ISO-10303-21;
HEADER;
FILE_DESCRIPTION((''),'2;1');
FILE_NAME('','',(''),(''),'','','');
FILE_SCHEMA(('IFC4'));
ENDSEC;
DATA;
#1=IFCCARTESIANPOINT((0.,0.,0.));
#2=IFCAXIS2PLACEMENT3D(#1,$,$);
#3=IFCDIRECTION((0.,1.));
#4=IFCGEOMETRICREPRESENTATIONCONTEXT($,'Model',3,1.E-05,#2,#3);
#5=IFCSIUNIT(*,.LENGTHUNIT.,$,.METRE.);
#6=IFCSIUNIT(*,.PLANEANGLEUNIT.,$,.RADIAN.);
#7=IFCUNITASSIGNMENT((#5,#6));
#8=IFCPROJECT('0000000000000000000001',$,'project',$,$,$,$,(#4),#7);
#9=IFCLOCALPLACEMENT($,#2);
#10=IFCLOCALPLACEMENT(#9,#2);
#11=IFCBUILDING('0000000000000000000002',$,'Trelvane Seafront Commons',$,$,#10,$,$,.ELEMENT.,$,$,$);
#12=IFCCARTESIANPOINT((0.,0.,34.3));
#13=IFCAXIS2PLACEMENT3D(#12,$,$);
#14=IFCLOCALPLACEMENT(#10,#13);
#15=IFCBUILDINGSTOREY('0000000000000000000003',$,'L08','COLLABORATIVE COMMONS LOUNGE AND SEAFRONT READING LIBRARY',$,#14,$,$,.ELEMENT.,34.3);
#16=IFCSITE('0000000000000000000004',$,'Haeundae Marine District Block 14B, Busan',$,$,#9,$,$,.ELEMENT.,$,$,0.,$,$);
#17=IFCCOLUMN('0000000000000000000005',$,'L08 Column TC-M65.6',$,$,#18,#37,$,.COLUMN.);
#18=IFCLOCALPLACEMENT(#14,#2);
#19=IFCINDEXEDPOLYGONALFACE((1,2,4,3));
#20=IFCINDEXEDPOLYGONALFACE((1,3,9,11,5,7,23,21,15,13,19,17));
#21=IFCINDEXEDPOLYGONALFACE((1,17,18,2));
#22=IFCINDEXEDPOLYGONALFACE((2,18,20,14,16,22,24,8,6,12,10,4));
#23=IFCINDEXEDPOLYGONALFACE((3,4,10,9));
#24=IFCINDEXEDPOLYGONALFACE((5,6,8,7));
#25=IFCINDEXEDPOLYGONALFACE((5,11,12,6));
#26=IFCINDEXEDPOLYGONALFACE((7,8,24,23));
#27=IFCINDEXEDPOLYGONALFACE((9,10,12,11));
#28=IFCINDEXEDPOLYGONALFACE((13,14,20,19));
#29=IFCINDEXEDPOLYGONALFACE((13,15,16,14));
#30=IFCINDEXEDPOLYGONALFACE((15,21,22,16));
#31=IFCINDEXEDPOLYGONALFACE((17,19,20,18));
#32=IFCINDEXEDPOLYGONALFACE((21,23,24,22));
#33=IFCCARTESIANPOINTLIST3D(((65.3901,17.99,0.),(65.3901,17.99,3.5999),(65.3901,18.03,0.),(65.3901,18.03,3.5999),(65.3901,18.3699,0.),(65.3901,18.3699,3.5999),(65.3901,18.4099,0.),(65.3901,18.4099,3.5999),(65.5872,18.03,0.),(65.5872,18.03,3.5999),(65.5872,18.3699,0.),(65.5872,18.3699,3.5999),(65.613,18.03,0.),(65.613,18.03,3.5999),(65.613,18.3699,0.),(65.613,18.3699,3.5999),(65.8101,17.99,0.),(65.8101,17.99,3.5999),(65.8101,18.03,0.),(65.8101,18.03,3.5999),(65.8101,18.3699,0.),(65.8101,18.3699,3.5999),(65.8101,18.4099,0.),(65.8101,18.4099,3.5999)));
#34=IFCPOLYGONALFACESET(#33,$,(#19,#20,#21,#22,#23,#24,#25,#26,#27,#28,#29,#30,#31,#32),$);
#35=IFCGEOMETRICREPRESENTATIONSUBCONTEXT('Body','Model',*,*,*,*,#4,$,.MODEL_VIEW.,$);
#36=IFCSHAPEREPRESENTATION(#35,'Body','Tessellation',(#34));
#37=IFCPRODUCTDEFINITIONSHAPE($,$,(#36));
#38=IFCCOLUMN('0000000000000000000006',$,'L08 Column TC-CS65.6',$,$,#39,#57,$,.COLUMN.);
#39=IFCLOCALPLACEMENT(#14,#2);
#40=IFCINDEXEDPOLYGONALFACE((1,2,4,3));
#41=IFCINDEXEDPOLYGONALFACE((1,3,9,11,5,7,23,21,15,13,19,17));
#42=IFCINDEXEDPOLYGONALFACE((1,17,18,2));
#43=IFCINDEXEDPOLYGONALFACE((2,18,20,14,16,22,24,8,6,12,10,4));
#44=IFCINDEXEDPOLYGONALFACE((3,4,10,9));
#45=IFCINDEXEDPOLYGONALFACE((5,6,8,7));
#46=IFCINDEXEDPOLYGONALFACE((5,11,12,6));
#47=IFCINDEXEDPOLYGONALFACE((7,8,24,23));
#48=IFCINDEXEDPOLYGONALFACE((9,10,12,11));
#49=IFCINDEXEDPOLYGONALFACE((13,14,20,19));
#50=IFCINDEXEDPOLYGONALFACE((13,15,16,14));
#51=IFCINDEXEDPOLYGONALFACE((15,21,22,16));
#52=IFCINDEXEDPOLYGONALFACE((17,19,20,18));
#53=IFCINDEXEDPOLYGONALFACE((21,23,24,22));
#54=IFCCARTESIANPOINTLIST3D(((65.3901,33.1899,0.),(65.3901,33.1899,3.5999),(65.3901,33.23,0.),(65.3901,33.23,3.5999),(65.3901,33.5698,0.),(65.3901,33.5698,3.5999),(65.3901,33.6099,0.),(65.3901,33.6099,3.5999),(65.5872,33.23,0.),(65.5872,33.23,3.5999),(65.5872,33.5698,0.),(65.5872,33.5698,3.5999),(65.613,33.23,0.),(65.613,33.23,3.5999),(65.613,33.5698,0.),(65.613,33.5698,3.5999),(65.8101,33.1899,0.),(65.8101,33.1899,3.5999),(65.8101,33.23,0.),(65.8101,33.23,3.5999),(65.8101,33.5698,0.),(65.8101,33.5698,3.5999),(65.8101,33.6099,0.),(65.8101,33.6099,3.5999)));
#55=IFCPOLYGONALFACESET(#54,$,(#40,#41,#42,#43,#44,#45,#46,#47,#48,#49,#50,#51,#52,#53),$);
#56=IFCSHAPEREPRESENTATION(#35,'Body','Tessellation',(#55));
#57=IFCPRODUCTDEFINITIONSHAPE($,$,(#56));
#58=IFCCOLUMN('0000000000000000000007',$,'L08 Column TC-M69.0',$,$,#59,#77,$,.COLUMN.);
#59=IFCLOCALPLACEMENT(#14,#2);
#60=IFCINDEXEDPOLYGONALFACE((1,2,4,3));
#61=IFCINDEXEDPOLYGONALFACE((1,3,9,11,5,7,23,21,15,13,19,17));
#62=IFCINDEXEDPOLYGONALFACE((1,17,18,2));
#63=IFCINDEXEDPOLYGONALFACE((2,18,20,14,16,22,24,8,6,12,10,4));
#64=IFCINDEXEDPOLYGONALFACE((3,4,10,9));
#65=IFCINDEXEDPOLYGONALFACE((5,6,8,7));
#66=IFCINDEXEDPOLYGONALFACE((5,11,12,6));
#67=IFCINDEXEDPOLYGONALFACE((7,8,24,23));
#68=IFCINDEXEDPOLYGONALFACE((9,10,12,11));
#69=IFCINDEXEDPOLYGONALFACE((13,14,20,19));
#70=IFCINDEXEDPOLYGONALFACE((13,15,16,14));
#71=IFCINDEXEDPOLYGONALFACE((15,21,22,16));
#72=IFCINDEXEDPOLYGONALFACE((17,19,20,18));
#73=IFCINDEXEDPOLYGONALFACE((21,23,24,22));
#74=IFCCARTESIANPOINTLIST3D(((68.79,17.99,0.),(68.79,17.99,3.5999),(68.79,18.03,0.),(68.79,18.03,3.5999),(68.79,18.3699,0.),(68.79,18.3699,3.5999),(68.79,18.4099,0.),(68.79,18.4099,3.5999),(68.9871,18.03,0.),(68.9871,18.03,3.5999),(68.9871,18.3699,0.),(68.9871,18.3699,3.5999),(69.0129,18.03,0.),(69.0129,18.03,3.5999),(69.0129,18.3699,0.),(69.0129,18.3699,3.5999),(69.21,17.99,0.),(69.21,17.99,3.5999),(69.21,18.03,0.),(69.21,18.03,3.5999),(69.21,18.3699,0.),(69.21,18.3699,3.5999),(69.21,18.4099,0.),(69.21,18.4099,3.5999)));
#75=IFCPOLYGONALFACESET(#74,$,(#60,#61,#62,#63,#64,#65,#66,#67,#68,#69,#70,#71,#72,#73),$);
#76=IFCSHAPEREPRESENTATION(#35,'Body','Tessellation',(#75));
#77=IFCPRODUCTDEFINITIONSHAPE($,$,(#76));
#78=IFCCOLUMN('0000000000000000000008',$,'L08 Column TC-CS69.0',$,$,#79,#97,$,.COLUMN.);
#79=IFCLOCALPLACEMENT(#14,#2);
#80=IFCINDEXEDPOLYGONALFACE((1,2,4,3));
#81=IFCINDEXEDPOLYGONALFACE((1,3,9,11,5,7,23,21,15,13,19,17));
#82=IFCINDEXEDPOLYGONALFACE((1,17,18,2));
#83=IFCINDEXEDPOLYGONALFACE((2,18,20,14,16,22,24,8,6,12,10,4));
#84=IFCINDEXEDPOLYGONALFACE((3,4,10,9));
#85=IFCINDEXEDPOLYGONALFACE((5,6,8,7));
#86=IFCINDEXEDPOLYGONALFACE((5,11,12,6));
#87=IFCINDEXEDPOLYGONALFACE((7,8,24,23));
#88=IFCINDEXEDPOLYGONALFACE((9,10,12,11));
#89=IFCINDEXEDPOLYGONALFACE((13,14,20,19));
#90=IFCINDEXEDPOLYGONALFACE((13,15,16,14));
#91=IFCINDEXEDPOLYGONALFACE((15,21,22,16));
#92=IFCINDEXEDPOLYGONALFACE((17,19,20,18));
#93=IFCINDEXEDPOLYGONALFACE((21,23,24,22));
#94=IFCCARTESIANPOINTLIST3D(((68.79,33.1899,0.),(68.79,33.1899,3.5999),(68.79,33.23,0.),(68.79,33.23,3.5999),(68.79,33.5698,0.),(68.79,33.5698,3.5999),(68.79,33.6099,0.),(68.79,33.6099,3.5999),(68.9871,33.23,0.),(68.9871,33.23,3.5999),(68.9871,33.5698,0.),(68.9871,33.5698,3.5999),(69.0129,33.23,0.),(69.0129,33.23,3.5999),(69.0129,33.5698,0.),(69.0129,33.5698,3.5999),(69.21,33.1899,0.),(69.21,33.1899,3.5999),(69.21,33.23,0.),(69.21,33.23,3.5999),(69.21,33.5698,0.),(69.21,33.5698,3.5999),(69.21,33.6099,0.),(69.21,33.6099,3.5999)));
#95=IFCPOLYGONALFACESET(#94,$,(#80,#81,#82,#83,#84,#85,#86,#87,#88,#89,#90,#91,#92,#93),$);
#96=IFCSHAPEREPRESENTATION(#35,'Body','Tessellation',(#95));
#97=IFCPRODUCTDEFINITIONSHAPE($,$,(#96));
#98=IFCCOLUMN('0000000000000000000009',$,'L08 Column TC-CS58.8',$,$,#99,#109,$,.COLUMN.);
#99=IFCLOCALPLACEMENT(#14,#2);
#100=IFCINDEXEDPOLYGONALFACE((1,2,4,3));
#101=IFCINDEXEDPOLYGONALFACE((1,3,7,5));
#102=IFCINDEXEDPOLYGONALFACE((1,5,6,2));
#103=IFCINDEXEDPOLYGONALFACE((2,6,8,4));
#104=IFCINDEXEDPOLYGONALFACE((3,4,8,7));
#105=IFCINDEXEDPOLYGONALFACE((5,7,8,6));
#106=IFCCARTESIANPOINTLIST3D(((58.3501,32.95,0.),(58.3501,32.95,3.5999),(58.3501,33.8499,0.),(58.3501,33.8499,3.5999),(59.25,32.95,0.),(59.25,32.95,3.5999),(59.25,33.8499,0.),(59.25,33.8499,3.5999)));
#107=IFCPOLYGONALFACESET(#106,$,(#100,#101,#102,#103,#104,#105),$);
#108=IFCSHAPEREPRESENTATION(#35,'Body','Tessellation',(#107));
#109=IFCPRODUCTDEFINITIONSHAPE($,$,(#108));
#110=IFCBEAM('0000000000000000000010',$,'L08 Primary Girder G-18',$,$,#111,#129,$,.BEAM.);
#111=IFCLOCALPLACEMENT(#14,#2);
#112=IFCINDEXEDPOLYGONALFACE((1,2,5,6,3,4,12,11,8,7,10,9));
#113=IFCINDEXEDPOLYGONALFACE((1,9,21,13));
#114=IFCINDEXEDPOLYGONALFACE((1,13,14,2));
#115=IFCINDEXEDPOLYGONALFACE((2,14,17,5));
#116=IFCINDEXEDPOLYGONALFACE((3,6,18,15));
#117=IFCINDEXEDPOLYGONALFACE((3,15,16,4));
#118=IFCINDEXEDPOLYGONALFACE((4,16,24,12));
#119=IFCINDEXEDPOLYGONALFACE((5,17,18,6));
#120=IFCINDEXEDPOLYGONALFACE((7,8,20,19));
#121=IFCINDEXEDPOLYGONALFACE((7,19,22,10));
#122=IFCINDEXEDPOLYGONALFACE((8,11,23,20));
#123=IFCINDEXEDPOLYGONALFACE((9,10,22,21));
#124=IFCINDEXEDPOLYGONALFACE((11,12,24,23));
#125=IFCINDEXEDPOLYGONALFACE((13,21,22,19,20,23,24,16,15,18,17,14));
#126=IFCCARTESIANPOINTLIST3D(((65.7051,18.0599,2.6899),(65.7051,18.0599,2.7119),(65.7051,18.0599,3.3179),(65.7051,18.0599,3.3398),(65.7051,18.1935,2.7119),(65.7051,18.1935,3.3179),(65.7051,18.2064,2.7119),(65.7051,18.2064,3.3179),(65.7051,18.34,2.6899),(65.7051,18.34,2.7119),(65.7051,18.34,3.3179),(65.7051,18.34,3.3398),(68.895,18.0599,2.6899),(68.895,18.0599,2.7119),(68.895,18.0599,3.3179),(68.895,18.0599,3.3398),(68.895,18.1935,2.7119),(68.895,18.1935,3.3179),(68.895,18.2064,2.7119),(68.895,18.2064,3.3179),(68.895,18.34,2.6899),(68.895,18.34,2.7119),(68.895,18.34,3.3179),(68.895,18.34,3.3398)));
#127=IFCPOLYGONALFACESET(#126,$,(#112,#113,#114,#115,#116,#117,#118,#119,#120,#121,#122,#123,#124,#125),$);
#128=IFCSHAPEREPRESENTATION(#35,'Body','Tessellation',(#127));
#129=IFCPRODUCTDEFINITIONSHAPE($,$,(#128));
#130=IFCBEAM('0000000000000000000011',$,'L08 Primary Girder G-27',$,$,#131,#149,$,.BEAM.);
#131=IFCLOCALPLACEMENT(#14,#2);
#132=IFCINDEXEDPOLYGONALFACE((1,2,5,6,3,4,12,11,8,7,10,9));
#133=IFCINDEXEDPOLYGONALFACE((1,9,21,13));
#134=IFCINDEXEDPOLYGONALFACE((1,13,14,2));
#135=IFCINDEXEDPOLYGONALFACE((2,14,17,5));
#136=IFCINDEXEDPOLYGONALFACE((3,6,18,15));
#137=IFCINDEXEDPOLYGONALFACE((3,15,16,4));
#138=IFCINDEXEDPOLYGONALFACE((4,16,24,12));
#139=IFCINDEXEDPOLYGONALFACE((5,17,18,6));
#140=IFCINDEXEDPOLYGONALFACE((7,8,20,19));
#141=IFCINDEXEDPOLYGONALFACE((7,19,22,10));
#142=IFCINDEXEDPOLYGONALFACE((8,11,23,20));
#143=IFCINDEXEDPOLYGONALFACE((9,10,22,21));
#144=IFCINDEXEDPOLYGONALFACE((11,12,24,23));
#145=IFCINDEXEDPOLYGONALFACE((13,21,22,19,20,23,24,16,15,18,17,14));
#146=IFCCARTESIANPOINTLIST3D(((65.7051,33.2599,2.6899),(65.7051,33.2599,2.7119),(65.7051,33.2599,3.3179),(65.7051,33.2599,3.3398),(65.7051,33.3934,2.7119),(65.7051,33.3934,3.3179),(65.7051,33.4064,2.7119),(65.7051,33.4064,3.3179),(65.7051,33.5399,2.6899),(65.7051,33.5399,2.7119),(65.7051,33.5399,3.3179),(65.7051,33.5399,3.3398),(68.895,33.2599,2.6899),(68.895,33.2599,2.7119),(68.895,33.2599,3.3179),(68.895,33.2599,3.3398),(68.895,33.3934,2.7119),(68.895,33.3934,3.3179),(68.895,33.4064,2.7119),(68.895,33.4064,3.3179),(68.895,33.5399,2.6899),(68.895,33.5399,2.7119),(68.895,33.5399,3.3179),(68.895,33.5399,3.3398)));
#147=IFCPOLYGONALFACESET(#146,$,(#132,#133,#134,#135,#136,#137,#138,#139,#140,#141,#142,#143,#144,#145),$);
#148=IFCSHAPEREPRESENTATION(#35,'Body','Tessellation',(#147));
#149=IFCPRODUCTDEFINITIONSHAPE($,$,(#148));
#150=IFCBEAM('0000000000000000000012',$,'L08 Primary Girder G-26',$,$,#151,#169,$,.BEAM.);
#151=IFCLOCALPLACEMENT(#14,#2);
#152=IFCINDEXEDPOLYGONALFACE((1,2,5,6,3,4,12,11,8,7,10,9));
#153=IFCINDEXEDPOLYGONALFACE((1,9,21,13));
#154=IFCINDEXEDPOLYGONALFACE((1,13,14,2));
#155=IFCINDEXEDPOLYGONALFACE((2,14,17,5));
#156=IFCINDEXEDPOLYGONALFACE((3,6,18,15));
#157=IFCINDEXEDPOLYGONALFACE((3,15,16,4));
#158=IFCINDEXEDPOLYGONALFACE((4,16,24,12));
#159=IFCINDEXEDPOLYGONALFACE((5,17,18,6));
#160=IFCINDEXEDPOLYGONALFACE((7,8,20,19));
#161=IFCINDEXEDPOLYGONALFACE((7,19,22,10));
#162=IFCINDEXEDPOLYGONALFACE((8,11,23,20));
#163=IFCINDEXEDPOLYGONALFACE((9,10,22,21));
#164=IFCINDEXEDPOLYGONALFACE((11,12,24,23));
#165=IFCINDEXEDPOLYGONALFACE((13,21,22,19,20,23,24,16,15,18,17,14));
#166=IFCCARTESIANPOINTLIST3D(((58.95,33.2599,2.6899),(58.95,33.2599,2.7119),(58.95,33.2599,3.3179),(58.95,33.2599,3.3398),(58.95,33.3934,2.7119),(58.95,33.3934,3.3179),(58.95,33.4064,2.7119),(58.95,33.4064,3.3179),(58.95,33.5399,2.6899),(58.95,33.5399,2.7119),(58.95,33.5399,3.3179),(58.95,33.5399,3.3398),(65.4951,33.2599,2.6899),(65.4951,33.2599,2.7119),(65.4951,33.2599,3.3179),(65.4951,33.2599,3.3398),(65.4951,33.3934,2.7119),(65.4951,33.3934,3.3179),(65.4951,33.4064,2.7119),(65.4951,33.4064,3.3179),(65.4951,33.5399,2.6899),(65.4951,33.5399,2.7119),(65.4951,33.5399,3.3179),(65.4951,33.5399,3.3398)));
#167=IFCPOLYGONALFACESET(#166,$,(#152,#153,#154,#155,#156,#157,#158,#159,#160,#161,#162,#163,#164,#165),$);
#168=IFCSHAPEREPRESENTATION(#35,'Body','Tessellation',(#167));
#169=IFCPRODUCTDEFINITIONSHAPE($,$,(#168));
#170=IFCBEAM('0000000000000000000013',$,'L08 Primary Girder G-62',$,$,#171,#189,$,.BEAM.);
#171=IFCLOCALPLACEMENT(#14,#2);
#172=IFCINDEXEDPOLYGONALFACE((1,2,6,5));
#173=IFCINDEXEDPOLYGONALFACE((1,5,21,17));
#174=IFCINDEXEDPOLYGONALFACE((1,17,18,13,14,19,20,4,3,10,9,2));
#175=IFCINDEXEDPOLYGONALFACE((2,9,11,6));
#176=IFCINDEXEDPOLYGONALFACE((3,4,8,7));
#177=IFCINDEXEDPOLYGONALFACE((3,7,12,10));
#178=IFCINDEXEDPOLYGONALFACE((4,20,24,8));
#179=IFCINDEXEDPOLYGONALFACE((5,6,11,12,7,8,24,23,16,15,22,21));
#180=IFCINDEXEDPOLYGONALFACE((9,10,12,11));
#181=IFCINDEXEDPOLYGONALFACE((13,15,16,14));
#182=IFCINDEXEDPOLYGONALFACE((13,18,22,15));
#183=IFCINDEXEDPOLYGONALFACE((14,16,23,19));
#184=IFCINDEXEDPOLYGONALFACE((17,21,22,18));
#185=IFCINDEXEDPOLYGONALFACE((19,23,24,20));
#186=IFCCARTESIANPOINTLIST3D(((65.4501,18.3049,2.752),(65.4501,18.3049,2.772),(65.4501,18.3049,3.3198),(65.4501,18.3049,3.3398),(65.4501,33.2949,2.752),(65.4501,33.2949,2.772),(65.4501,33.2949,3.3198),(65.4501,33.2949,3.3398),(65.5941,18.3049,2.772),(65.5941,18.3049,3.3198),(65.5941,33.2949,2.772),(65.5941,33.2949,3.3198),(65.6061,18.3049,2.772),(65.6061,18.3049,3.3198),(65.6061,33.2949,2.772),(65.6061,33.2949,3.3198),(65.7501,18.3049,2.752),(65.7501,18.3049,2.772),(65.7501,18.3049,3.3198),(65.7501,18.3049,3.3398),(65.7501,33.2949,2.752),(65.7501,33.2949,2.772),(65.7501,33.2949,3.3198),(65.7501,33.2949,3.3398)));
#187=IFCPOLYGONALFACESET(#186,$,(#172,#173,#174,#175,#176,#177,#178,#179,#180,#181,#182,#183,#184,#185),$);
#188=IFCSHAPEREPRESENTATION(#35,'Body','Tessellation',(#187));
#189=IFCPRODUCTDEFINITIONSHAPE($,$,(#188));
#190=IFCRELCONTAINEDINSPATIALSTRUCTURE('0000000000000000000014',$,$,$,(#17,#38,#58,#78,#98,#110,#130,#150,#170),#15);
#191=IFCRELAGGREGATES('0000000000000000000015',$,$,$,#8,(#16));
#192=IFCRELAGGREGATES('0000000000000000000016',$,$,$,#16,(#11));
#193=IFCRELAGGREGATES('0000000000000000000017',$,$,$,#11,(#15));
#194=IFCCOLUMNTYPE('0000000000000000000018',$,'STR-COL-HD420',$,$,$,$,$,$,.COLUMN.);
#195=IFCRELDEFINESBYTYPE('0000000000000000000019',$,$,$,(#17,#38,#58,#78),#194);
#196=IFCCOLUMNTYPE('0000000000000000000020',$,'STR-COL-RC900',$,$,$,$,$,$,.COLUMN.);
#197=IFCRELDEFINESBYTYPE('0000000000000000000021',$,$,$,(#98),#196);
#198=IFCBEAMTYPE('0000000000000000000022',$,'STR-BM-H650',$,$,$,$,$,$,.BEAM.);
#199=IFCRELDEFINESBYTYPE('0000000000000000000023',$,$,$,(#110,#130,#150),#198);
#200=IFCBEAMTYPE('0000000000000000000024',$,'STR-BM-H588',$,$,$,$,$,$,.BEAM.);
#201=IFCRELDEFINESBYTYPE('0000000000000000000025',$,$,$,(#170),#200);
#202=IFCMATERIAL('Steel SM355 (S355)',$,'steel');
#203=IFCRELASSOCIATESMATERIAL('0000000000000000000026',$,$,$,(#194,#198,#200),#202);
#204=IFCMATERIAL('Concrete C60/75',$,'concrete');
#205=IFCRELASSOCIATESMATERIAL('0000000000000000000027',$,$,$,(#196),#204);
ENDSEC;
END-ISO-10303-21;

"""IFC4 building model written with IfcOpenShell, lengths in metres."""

from ifc_helpers import new_model, si_unit, direction, frame, origin, origin_2d, place, context, subcontext, project, spatial, rectangle, i_section, extrude, source, transform, mapped, material, material_profile, profile_set, type_object, element, save


model = new_model("IFC4")

# Units and contexts
model_context = context("Model", 3, precision=1e-05, world=origin(), true_north=direction((0.0, 1.0)))
body_context = subcontext(model_context, "Body", "Model", "MODEL_VIEW")
ifc_project = project(units=[si_unit("LENGTHUNIT", "METRE"), si_unit("PLANEANGLEUNIT", "RADIAN")], contexts=[model_context])

# Site, building, storey
site_placement = place(None, origin())
site = spatial("IfcSite", under=ifc_project, at=site_placement, Name="Haeundae Marine District Block 14B, Busan", CompositionType="ELEMENT", RefElevation=0.0)
building_placement = place(site_placement, origin())
building = spatial("IfcBuilding", under=site, at=building_placement, Name="Trelvane Seafront Commons", CompositionType="ELEMENT")
storey_placement = place(building_placement, frame((0.0, 0.0, 34.3)))
storey = spatial("IfcBuildingStorey", under=building, at=storey_placement, Name="L08", Description="COLLABORATIVE COMMONS LOUNGE AND SEAFRONT READING LIBRARY", CompositionType="ELEMENT", Elevation=34.3)

# Columns
ifc_material_1 = material(Name="Steel SM355 (S355)", Category="steel")
ifc_material_profile_1 = material_profile(ifc_material_1, i_section(OverallWidth=0.4199, OverallDepth=0.4199, WebThickness=0.0259, FlangeThickness=0.04, at=origin_2d()), Name="HD-420x420x26x40")
ifc_profile_set_1 = profile_set([ifc_material_profile_1], Name="Steel SM355 (S355)")
column_type_1 = type_object("IfcColumnType", Name="STR-COL-HD420", PredefinedType="COLUMN", material=ifc_profile_set_1)
shared_shape_1 = source(origin(), body_context, "Body", "SweptSolid", [
    extrude(i_section(OverallWidth=0.4199, OverallDepth=0.4199, WebThickness=0.0259, FlangeThickness=0.04, at=origin_2d()), origin(), (0.0, 0.0, 1.0), 3.5999),
])
for number, where, z_axis, x_axis, name in (
    (1, (65.6001, 18.2, 0.0), (0.0, 0.0, 1.0), (1.0, 0.0, 0.0), "L08 Column TC-M65.6"),
    (2, (65.6001, 33.3999, 0.0), (0.0, 0.0, 1.0), (1.0, 0.0, 0.0), "L08 Column TC-CS65.6"),
    (3, (69.0, 18.2, 0.0), (0.0, 0.0, 1.0), (1.0, 0.0, 0.0), "L08 Column TC-M69.0"),
    (4, (69.0, 33.3999, 0.0), (0.0, 0.0, 1.0), (1.0, 0.0, 0.0), "L08 Column TC-CS69.0"),
):
    element("IfcColumn", number, at=place(storey_placement, frame(where, z_axis=z_axis, x_axis=x_axis)), inside=storey, type_object=column_type_1, Name=name, PredefinedType="COLUMN", context=body_context, shape_type="MappedRepresentation", body=[
        mapped(shared_shape_1, transform((0.0, 0.0, 0.0), x_axis=(1.0, 0.0, 0.0), y_axis=(0.0, 1.0, 0.0), z_axis=(0.0, 0.0, 1.0), scale=1.0)),
    ])
ifc_material_2 = material(Name="Concrete C60/75", Category="concrete")
ifc_material_profile_2 = material_profile(ifc_material_2, rectangle(XDim=0.8999, YDim=0.8999, at=origin_2d()), Name="RC-900x900")
ifc_profile_set_2 = profile_set([ifc_material_profile_2], Name="Concrete C60/75")
column_type_2 = type_object("IfcColumnType", Name="STR-COL-RC900", PredefinedType="COLUMN", material=ifc_profile_set_2)
shared_shape_2 = source(origin(), body_context, "Body", "SweptSolid", [
    extrude(rectangle(XDim=0.8999, YDim=0.8999, at=origin_2d()), origin(), (0.0, 0.0, 1.0), 3.5999),
])
column_placement = place(storey_placement, frame((58.8, 33.3999, 0.0), z_axis=(0.0, 0.0, 1.0), x_axis=(1.0, 0.0, 0.0)))
element("IfcColumn", 5, at=column_placement, inside=storey, type_object=column_type_2, Name="L08 Column TC-CS58.8", PredefinedType="COLUMN", context=body_context, shape_type="MappedRepresentation", body=[
    mapped(shared_shape_2, transform((0.0, 0.0, 0.0), x_axis=(1.0, 0.0, 0.0), y_axis=(0.0, 1.0, 0.0), z_axis=(0.0, 0.0, 1.0), scale=1.0)),
])

# Beams
ifc_material_profile_3 = material_profile(ifc_material_1, i_section(OverallWidth=0.28, OverallDepth=0.6499, WebThickness=0.0129, FlangeThickness=0.022, at=origin_2d()), Name="H-650x280x13x22")
ifc_profile_set_3 = profile_set([ifc_material_profile_3], Name="Steel SM355 (S355)")
beam_type_1 = type_object("IfcBeamType", Name="STR-BM-H650", PredefinedType="BEAM", material=ifc_profile_set_3)
shared_shape_3 = source(origin(), body_context, "Body", "SweptSolid", [
    extrude(i_section(OverallWidth=0.28, OverallDepth=0.6499, WebThickness=0.0129, FlangeThickness=0.022, at=origin_2d()), origin(), (0.0, 0.0, 1.0), 3.1899),
])
for number, where, z_axis, x_axis, name in (
    (6, (65.7051, 18.2, 3.0149), (1.0, 0.0, 0.0), (0.0, 1.0, 0.0), "L08 Primary Girder G-18"),
    (7, (65.7051, 33.3999, 3.0149), (1.0, 0.0, 0.0), (0.0, 1.0, 0.0), "L08 Primary Girder G-27"),
):
    element("IfcBeam", number, at=place(storey_placement, frame(where, z_axis=z_axis, x_axis=x_axis)), inside=storey, type_object=beam_type_1, Name=name, PredefinedType="BEAM", context=body_context, shape_type="MappedRepresentation", body=[
        mapped(shared_shape_3, transform((0.0, 0.0, 0.0), x_axis=(1.0, 0.0, 0.0), y_axis=(0.0, 1.0, 0.0), z_axis=(0.0, 0.0, 1.0), scale=1.0)),
    ])
shared_shape_4 = source(origin(), body_context, "Body", "SweptSolid", [
    extrude(i_section(OverallWidth=0.28, OverallDepth=0.6499, WebThickness=0.0129, FlangeThickness=0.022, at=origin_2d()), origin(), (0.0, 0.0, 1.0), 6.5452),
])
beam_1_placement = place(storey_placement, frame((58.95, 33.3999, 3.0149), z_axis=(1.0, 0.0, 0.0), x_axis=(0.0, 1.0, 0.0)))
element("IfcBeam", 8, at=beam_1_placement, inside=storey, type_object=beam_type_1, Name="L08 Primary Girder G-26", PredefinedType="BEAM", context=body_context, shape_type="MappedRepresentation", body=[
    mapped(shared_shape_4, transform((0.0, 0.0, 0.0), x_axis=(1.0, 0.0, 0.0), y_axis=(0.0, 1.0, 0.0), z_axis=(0.0, 0.0, 1.0), scale=1.0)),
])
ifc_material_profile_4 = material_profile(ifc_material_1, i_section(OverallWidth=0.3, OverallDepth=0.5879, WebThickness=0.012, FlangeThickness=0.02, at=origin_2d()), Name="H-588x300x12x20")
ifc_profile_set_4 = profile_set([ifc_material_profile_4], Name="Steel SM355 (S355)")
beam_type_2 = type_object("IfcBeamType", Name="STR-BM-H588", PredefinedType="BEAM", material=ifc_profile_set_4)
shared_shape_5 = source(origin(), body_context, "Body", "SweptSolid", [
    extrude(i_section(OverallWidth=0.3, OverallDepth=0.5879, WebThickness=0.012, FlangeThickness=0.02, at=origin_2d()), origin(), (0.0, 0.0, 1.0), 14.99),
])
for number, where, z_axis, x_axis, name in (
    (9, (65.6001, 18.3049, 3.0459), (0.0, 1.0, 0.0), (-1.0, 0.0, 0.0), "L08 Primary Girder G-62"),
):
    element("IfcBeam", number, at=place(storey_placement, frame(where, z_axis=z_axis, x_axis=x_axis)), inside=storey, type_object=beam_type_2, Name=name, PredefinedType="BEAM", context=body_context, shape_type="MappedRepresentation", body=[
        mapped(shared_shape_5, transform((0.0, 0.0, 0.0), x_axis=(1.0, 0.0, 0.0), y_axis=(0.0, 1.0, 0.0), z_axis=(0.0, 0.0, 1.0), scale=1.0)),
    ])

save(model, "model.ifc")
